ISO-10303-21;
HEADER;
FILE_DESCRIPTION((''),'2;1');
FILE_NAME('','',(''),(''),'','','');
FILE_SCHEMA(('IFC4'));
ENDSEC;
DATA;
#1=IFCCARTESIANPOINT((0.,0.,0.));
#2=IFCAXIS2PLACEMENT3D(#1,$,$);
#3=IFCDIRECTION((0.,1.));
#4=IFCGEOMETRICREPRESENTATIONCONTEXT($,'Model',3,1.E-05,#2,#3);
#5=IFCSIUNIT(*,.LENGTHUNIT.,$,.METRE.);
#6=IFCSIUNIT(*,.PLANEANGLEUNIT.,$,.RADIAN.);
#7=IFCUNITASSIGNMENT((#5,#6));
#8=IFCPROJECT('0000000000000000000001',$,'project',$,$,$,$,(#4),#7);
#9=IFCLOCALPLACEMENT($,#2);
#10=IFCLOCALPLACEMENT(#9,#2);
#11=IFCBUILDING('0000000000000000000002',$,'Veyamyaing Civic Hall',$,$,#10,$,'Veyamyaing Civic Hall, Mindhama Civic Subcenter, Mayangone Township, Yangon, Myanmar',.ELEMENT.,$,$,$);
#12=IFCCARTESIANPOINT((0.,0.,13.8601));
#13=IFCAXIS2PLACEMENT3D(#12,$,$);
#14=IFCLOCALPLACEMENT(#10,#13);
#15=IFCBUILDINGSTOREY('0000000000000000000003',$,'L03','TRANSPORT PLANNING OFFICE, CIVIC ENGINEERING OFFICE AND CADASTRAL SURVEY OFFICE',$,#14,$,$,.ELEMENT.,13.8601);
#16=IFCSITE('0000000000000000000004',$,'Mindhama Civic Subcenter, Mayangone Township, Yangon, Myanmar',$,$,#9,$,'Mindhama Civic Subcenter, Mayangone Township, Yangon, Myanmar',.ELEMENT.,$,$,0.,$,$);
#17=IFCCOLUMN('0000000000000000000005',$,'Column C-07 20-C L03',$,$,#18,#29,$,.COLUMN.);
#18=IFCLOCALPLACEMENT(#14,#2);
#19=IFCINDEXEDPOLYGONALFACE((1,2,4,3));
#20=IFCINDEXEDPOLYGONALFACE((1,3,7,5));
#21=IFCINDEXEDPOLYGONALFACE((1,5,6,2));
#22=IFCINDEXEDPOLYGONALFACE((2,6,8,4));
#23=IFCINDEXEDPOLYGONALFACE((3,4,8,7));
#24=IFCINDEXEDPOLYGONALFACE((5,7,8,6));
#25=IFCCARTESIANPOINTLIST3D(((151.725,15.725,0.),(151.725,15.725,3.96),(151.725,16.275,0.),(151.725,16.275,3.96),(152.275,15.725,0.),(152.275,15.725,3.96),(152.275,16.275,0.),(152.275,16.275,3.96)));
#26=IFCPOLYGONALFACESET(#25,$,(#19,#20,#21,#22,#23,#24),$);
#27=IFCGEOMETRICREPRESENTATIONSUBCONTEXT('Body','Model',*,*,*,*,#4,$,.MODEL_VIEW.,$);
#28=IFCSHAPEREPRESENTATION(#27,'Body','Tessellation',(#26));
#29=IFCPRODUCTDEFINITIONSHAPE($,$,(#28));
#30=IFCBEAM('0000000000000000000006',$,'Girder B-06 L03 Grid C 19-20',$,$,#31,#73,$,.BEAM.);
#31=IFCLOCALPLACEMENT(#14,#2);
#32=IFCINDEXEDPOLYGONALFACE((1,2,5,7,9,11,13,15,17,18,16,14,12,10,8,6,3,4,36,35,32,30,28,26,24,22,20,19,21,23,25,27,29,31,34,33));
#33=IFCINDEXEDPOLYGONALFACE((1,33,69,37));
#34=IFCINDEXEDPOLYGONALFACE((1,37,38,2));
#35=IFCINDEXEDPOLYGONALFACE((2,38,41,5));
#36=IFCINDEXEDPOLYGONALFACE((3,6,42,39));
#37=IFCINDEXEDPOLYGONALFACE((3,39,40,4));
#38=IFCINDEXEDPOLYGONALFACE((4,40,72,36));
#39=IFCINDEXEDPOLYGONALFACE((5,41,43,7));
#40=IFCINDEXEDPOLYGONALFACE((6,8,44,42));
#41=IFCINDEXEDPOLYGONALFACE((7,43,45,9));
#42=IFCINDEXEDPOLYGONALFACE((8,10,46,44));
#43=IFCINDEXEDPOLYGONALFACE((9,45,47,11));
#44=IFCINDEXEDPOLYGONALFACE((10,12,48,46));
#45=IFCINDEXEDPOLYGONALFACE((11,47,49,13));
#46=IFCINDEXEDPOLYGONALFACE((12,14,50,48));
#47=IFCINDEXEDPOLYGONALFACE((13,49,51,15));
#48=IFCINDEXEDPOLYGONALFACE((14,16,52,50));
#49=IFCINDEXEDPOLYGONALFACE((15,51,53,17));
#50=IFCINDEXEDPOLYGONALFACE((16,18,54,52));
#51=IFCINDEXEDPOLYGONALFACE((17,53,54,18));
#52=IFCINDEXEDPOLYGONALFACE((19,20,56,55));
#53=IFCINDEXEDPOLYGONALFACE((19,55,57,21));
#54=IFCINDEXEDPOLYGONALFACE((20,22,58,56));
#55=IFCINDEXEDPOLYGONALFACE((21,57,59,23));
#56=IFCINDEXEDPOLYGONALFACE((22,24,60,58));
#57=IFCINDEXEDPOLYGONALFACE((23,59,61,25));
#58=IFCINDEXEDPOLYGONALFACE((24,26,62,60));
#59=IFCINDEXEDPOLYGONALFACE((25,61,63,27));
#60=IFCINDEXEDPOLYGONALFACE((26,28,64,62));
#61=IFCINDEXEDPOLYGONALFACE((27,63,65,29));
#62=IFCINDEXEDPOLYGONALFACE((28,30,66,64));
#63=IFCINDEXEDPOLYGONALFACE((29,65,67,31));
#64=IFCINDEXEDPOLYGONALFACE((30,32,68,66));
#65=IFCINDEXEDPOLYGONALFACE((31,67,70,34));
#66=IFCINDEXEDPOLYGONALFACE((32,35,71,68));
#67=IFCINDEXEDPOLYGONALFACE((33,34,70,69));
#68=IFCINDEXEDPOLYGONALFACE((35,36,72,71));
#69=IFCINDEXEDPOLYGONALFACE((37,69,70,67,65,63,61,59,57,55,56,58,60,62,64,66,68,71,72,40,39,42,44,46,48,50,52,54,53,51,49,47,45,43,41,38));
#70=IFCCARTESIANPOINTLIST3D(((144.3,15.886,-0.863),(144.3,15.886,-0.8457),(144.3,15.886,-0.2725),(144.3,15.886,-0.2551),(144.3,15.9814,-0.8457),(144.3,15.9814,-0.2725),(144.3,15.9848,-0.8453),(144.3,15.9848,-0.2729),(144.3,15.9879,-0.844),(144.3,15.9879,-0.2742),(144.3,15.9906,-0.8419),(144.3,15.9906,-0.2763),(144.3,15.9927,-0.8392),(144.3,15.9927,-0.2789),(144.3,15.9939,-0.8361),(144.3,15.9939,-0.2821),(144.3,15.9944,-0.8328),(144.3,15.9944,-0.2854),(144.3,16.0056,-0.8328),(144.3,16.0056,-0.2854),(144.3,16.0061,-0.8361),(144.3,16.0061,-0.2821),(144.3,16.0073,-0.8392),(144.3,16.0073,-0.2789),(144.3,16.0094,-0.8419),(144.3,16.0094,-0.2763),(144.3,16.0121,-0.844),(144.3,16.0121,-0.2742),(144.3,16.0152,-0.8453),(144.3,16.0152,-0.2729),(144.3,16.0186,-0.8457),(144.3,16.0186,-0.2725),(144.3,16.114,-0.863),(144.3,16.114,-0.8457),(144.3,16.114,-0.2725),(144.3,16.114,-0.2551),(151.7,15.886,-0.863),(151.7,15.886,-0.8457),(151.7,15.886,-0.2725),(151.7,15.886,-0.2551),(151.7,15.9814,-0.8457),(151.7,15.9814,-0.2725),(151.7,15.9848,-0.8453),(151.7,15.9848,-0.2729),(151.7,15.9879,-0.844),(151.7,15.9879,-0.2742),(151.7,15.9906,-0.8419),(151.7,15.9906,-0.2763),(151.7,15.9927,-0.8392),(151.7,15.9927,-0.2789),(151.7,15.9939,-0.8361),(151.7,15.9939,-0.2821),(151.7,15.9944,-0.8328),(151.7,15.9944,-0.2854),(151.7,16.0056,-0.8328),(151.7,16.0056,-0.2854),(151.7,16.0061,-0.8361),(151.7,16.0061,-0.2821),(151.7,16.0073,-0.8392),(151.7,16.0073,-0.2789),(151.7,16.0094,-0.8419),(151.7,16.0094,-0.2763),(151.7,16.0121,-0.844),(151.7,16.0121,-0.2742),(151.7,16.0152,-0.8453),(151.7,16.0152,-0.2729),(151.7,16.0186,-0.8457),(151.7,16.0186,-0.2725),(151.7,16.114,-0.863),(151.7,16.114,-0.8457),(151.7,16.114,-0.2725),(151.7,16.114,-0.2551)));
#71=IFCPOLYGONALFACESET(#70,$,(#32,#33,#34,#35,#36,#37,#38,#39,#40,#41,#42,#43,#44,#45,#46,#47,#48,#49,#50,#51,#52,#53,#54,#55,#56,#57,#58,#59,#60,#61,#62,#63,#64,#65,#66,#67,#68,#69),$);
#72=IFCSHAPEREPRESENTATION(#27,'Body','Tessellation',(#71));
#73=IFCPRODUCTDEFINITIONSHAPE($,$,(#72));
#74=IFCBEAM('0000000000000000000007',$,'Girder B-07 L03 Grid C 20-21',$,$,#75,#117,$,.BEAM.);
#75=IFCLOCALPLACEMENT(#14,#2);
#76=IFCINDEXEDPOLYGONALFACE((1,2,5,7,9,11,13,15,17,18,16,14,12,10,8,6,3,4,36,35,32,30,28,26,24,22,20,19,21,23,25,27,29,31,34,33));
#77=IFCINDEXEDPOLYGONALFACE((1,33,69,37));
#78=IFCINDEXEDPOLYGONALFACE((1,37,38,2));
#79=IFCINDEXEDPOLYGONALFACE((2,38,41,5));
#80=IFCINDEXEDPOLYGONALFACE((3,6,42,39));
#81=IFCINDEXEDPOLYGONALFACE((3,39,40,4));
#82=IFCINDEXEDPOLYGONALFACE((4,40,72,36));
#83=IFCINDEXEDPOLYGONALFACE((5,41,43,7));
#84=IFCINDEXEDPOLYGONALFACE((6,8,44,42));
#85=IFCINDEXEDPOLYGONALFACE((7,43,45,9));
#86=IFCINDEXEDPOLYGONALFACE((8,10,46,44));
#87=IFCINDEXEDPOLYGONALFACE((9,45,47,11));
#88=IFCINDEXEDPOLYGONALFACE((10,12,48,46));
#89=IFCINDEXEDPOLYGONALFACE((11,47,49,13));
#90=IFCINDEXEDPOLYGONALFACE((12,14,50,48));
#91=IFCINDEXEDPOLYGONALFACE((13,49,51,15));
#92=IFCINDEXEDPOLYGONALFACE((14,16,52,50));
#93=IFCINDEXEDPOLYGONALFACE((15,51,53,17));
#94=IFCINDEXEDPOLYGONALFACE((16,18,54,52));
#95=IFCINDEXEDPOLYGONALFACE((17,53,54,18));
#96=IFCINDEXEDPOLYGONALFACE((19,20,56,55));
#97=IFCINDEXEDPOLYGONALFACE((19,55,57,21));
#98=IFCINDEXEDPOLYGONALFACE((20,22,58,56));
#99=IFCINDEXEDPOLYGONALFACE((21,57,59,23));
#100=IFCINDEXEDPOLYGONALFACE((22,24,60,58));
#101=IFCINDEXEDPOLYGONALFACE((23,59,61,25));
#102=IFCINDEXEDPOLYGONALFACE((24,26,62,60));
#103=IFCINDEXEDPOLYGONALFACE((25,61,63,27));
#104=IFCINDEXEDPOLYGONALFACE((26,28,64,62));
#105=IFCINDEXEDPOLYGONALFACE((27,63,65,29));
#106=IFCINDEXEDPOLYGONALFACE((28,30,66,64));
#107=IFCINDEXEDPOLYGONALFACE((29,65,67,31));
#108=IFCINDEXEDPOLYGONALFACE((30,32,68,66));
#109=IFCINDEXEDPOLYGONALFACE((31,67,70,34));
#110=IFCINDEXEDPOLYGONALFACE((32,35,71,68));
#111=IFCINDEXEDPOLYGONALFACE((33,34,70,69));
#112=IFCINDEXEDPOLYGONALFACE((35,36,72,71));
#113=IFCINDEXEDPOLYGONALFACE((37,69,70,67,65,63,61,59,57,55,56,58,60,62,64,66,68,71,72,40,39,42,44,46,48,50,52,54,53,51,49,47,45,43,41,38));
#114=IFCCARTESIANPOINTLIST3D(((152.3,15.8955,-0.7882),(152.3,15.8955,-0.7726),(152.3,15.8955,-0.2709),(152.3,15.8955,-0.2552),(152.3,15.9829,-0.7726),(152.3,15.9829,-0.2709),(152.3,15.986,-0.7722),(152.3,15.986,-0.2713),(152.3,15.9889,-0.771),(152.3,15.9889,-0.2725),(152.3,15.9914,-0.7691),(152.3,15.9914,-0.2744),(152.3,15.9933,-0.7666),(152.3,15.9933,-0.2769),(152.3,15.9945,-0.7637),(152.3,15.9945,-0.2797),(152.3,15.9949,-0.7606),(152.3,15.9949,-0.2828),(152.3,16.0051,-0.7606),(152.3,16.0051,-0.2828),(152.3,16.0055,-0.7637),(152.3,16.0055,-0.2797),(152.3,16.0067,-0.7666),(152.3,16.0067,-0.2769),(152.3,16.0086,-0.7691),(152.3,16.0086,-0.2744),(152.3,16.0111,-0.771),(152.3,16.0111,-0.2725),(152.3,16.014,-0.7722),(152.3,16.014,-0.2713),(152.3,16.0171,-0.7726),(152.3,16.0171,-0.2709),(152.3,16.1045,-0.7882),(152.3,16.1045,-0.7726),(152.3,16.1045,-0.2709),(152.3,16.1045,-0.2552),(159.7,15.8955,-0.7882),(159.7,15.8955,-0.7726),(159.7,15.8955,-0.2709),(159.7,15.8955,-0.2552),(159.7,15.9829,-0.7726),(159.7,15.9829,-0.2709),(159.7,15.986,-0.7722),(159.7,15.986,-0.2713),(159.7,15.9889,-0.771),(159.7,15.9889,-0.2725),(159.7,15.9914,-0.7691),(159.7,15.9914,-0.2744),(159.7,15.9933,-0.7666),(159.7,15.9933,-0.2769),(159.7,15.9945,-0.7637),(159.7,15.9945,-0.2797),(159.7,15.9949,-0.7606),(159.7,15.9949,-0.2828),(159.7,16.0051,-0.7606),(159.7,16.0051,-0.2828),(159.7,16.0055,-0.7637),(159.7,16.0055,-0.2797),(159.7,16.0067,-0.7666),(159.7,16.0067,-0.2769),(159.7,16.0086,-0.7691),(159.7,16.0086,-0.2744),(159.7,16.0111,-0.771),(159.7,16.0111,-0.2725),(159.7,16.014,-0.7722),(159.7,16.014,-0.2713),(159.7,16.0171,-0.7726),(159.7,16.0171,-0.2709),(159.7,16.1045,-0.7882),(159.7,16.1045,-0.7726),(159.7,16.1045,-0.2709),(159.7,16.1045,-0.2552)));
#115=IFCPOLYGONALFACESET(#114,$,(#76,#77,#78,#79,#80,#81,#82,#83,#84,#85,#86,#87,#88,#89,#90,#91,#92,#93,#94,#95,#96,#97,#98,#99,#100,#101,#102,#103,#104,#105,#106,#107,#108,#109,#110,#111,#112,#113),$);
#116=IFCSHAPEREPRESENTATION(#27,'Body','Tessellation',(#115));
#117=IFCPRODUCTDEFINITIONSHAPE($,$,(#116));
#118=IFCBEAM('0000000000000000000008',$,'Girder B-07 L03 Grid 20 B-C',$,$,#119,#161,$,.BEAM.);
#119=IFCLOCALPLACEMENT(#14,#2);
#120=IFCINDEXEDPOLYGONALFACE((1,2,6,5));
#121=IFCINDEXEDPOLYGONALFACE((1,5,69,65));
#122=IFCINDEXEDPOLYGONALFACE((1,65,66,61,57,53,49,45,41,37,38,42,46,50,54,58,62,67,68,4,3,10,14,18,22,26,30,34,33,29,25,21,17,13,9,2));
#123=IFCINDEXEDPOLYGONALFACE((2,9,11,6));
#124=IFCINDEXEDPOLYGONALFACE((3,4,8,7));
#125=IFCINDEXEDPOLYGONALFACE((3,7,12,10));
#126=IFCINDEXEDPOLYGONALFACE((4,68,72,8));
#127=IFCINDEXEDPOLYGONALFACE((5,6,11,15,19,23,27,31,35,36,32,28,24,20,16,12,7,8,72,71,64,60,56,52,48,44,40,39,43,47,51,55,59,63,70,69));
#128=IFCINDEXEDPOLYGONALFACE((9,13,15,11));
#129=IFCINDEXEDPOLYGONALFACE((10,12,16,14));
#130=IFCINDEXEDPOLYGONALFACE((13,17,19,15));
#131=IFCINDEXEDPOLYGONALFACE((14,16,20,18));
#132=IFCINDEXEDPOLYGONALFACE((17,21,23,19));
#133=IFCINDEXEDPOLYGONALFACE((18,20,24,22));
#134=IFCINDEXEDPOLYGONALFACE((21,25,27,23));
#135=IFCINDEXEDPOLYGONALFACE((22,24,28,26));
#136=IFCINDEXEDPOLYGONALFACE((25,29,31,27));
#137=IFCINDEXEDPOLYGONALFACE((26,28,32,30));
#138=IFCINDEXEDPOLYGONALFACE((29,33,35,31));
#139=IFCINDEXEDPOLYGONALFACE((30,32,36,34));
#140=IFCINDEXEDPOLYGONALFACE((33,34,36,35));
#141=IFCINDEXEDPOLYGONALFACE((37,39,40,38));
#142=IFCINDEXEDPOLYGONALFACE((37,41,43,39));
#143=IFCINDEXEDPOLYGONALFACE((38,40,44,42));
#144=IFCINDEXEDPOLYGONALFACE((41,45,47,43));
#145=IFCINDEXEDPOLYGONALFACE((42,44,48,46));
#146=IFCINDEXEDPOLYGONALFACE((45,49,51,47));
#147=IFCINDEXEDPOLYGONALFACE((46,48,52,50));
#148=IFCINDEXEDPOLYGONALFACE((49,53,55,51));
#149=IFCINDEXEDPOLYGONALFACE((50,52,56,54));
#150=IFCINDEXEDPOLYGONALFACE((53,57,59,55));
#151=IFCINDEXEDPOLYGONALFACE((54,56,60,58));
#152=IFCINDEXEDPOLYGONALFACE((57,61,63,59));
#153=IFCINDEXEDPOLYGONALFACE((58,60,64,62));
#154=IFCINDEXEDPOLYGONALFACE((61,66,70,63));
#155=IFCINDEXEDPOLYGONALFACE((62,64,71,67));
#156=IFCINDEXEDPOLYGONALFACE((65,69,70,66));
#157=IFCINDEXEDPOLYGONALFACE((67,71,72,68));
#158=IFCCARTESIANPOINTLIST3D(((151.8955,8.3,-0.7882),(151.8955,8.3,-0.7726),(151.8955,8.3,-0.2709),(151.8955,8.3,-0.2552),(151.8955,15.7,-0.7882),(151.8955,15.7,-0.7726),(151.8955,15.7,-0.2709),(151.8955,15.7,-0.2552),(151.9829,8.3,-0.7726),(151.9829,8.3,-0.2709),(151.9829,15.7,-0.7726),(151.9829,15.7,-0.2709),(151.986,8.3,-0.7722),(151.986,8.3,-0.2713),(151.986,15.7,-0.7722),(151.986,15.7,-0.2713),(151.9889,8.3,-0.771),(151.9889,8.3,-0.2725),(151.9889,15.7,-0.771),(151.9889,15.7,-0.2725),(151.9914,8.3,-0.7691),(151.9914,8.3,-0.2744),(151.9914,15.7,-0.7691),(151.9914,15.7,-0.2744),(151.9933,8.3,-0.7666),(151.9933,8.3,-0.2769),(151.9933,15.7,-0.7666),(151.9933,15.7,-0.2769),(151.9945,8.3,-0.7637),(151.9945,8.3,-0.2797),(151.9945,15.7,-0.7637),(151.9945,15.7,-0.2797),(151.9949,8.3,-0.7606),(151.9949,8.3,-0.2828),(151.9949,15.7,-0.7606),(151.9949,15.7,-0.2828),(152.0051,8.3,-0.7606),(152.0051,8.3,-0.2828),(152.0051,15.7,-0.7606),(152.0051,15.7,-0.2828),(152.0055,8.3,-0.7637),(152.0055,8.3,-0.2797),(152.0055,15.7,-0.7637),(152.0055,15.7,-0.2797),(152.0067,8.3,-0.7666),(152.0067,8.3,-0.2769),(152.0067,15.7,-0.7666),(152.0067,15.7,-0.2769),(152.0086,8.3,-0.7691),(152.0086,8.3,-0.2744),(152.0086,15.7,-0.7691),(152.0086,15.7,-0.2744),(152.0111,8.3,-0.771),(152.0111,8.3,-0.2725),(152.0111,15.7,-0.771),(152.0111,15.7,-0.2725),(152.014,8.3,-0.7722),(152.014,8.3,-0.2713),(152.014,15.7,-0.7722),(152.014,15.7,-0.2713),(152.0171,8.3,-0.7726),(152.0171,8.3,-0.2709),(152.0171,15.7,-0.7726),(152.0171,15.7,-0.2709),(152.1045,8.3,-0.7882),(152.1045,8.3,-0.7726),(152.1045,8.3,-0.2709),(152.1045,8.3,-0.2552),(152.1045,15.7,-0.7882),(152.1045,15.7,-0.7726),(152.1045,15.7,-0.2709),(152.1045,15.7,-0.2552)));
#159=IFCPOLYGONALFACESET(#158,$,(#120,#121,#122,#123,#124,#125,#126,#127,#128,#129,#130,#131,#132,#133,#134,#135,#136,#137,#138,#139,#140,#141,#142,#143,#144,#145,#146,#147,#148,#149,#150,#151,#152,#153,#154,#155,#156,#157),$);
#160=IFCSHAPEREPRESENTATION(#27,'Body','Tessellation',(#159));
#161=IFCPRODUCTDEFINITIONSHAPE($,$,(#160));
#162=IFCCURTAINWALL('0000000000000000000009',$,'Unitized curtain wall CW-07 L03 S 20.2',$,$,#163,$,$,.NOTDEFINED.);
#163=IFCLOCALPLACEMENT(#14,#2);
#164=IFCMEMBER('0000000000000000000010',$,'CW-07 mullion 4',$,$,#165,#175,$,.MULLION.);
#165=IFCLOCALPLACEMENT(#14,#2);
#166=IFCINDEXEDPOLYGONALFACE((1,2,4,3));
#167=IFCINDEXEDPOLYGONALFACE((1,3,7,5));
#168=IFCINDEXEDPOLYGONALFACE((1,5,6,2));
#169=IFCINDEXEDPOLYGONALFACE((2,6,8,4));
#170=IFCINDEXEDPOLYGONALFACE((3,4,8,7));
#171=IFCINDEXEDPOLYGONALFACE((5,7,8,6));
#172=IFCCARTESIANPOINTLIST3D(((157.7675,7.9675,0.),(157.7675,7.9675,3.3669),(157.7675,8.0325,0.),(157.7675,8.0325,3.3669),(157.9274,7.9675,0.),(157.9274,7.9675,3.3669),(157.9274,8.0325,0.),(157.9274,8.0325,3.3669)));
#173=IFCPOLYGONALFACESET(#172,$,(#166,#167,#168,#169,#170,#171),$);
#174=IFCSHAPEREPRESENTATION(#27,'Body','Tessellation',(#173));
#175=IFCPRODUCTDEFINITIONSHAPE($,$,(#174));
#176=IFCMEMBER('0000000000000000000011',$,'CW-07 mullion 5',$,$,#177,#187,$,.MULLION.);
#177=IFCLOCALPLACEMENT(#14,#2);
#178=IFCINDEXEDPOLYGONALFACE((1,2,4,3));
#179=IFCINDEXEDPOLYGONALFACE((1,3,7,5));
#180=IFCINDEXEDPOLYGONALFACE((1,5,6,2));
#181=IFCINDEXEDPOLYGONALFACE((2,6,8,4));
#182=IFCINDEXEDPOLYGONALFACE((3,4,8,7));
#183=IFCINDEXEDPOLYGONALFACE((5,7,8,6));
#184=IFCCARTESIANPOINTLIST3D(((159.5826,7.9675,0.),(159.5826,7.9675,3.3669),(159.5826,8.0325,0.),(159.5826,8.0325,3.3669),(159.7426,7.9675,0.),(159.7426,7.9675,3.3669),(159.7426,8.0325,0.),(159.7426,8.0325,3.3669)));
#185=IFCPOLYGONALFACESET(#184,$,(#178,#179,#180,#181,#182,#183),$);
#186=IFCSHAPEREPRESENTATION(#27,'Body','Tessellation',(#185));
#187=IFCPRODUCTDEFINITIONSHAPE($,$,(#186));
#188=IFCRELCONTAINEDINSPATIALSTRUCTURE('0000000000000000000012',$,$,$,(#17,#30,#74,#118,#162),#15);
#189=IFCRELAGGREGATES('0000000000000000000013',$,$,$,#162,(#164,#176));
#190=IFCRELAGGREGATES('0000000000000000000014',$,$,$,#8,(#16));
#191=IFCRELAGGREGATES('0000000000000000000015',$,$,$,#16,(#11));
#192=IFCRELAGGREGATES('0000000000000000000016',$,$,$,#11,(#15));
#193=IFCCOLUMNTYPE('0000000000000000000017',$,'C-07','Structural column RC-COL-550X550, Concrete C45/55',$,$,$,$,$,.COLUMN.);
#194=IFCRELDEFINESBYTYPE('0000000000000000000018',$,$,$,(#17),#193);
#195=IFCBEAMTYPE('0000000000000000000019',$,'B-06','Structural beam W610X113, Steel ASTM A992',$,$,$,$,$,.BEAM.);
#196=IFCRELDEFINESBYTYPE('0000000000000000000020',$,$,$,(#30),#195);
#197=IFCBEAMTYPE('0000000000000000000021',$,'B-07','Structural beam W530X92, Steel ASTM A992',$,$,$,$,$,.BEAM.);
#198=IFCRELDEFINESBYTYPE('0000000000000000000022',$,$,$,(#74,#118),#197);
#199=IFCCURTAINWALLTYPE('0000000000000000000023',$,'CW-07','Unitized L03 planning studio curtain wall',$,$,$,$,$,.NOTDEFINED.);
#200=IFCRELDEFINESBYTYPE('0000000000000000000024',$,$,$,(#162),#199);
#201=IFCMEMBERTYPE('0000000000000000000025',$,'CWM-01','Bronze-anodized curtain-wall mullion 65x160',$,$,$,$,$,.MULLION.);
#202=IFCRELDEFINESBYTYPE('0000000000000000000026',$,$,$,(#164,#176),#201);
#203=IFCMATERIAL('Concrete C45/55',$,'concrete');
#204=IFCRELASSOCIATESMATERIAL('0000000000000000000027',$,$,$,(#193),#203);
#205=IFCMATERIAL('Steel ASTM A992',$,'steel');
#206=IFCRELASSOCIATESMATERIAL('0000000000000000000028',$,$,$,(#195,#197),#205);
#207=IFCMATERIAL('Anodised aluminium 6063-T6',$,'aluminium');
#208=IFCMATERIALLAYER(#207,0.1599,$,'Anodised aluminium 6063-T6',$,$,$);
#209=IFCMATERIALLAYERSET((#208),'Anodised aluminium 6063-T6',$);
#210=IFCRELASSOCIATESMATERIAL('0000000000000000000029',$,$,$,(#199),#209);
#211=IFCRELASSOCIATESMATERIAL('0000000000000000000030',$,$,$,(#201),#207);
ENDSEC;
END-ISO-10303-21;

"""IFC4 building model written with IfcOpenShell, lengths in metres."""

from ifc_helpers import new_model, si_unit, direction, frame, origin, origin_2d, place, context, subcontext, project, spatial, rectangle, i_section, extrude, material, layer, layer_set, material_profile, profile_set, type_object, element, aggregate, save


model = new_model("IFC4")

# Units and contexts
model_context = context("Model", 3, precision=1e-05, world=origin(), true_north=direction((0.0, 1.0)))
body_context = subcontext(model_context, "Body", "Model", "MODEL_VIEW")
ifc_project = project(units=[si_unit("LENGTHUNIT", "METRE"), si_unit("PLANEANGLEUNIT", "RADIAN")], contexts=[model_context])

# Site, building, storey
site_placement = place(None, origin())
site = spatial("IfcSite", under=ifc_project, at=site_placement, Name="Mindhama Civic Subcenter, Mayangone Township, Yangon, Myanmar", LongName="Mindhama Civic Subcenter, Mayangone Township, Yangon, Myanmar", CompositionType="ELEMENT", RefElevation=0.0)
building_placement = place(site_placement, origin())
building = spatial("IfcBuilding", under=site, at=building_placement, Name="Veyamyaing Civic Hall", LongName="Veyamyaing Civic Hall, Mindhama Civic Subcenter, Mayangone Township, Yangon, Myanmar", CompositionType="ELEMENT")
storey_placement = place(building_placement, frame((0.0, 0.0, 13.8601)))
storey = spatial("IfcBuildingStorey", under=building, at=storey_placement, Name="L03", Description="TRANSPORT PLANNING OFFICE, CIVIC ENGINEERING OFFICE AND CADASTRAL SURVEY OFFICE", CompositionType="ELEMENT", Elevation=13.8601)

# Column
ifc_material_1 = material(Name="Concrete C45/55", Category="concrete")
ifc_material_profile_1 = material_profile(ifc_material_1, rectangle(XDim=0.55, YDim=0.55, at=origin_2d()), Name="RC-COL-550X550")
ifc_profile_set_1 = profile_set([ifc_material_profile_1], Name="Concrete C45/55")
column_type = type_object("IfcColumnType", Name="C-07", Description="Structural column RC-COL-550X550, Concrete C45/55", PredefinedType="COLUMN", material=ifc_profile_set_1)
column_placement = place(storey_placement, frame((152.0, 16.0, 0.0), z_axis=(0.0, 0.0, 1.0), x_axis=(1.0, 0.0, 0.0)))
element("IfcColumn", 1, at=column_placement, inside=storey, type_object=column_type, Name="Column C-07 20-C L03", PredefinedType="COLUMN", context=body_context, shape_type="SweptSolid", body=[
    extrude(rectangle(XDim=0.55, YDim=0.55, at=origin_2d()), origin(), (0.0, 0.0, 1.0), 3.96),
])

# Beams
ifc_material_2 = material(Name="Steel ASTM A992", Category="steel")
ifc_material_profile_2 = material_profile(ifc_material_2, i_section(OverallWidth=0.228, OverallDepth=0.6079, WebThickness=0.0112, FlangeThickness=0.0173, FilletRadius=0.0129, at=origin_2d()), Name="W610X113")
ifc_profile_set_2 = profile_set([ifc_material_profile_2], Name="Steel ASTM A992")
beam_type_1 = type_object("IfcBeamType", Name="B-06", Description="Structural beam W610X113, Steel ASTM A992", PredefinedType="BEAM", material=ifc_profile_set_2)
beam_placement = place(storey_placement, frame((144.3, 16.0, -0.5591), z_axis=(1.0, 0.0, 0.0), x_axis=(0.0, 1.0, 0.0)))
element("IfcBeam", 2, at=beam_placement, inside=storey, type_object=beam_type_1, Name="Girder B-06 L03 Grid C 19-20", PredefinedType="BEAM", context=body_context, shape_type="SweptSolid", body=[
    extrude(i_section(OverallWidth=0.228, OverallDepth=0.6079, WebThickness=0.0112, FlangeThickness=0.0173, FilletRadius=0.0129, at=origin_2d()), origin(), (0.0, 0.0, 1.0), 7.3999),
])
ifc_material_profile_3 = material_profile(ifc_material_2, i_section(OverallWidth=0.209, OverallDepth=0.533, WebThickness=0.0103, FlangeThickness=0.0156, FilletRadius=0.012, at=origin_2d()), Name="W530X92")
ifc_profile_set_3 = profile_set([ifc_material_profile_3], Name="Steel ASTM A992")
beam_type_2 = type_object("IfcBeamType", Name="B-07", Description="Structural beam W530X92, Steel ASTM A992", PredefinedType="BEAM", material=ifc_profile_set_3)
for number, where, z_axis, x_axis, name in (
    (3, (152.3, 16.0, -0.5217), (1.0, 0.0, 0.0), (0.0, 1.0, 0.0), "Girder B-07 L03 Grid C 20-21"),
    (4, (152.0, 8.3, -0.5217), (0.0, 1.0, 0.0), (-1.0, 0.0, 0.0), "Girder B-07 L03 Grid 20 B-C"),
):
    element("IfcBeam", number, at=place(storey_placement, frame(where, z_axis=z_axis, x_axis=x_axis)), inside=storey, type_object=beam_type_2, Name=name, PredefinedType="BEAM", context=body_context, shape_type="SweptSolid", body=[
        extrude(i_section(OverallWidth=0.209, OverallDepth=0.533, WebThickness=0.0103, FlangeThickness=0.0156, FilletRadius=0.012, at=origin_2d()), origin(), (0.0, 0.0, 1.0), 7.3999),
    ])

# Curtain wall, members
ifc_material_3 = material(Name="Anodised aluminium 6063-T6", Category="aluminium")
ifc_layer_1 = layer(ifc_material_3, 0.1599, Name="Anodised aluminium 6063-T6")
ifc_layer_set_1 = layer_set([ifc_layer_1], Name="Anodised aluminium 6063-T6")
curtain_wall_type = type_object("IfcCurtainWallType", Name="CW-07", Description="Unitized L03 planning studio curtain wall", PredefinedType="NOTDEFINED", material=ifc_layer_set_1)
curtain_wall_1_placement = place(storey_placement, origin())
curtain_wall_1 = element("IfcCurtainWall", 5, at=curtain_wall_1_placement, inside=storey, type_object=curtain_wall_type, Name="Unitized curtain wall CW-07 L03 S 20.2", PredefinedType="NOTDEFINED")
ifc_material_profile_4 = material_profile(ifc_material_3, rectangle(XDim=0.0649, YDim=0.1599, at=origin_2d()), Name="ALU-MUL-65X160")
ifc_profile_set_4 = profile_set([ifc_material_profile_4], Name="Anodised aluminium 6063-T6")
member_type_1 = type_object("IfcMemberType", Name="CWM-01", Description="Bronze-anodized curtain-wall mullion 65x160", PredefinedType="MULLION", material=ifc_profile_set_4)
member_1_placement = place(storey_placement, frame((157.8474, 8.0, 0.0), z_axis=(0.0, 0.0, 1.0), x_axis=(0.0, 1.0, 0.0)))
member_1 = element("IfcMember", 6, at=member_1_placement, type_object=member_type_1, Name="CW-07 mullion 4", PredefinedType="MULLION", context=body_context, shape_type="SweptSolid", body=[
    extrude(rectangle(XDim=0.0649, YDim=0.1599, at=origin_2d()), origin(), (0.0, 0.0, 1.0), 3.3669),
])
member_2_placement = place(storey_placement, frame((159.6626, 8.0, 0.0), z_axis=(0.0, 0.0, 1.0), x_axis=(0.0, 1.0, 0.0)))
member_2 = element("IfcMember", 7, at=member_2_placement, type_object=member_type_1, Name="CW-07 mullion 5", PredefinedType="MULLION", context=body_context, shape_type="SweptSolid", body=[
    extrude(rectangle(XDim=0.0649, YDim=0.1599, at=origin_2d()), origin(), (0.0, 0.0, 1.0), 3.3669),
])

aggregate(curtain_wall_1, [member_1, member_2])

save(model, "model.ifc")
